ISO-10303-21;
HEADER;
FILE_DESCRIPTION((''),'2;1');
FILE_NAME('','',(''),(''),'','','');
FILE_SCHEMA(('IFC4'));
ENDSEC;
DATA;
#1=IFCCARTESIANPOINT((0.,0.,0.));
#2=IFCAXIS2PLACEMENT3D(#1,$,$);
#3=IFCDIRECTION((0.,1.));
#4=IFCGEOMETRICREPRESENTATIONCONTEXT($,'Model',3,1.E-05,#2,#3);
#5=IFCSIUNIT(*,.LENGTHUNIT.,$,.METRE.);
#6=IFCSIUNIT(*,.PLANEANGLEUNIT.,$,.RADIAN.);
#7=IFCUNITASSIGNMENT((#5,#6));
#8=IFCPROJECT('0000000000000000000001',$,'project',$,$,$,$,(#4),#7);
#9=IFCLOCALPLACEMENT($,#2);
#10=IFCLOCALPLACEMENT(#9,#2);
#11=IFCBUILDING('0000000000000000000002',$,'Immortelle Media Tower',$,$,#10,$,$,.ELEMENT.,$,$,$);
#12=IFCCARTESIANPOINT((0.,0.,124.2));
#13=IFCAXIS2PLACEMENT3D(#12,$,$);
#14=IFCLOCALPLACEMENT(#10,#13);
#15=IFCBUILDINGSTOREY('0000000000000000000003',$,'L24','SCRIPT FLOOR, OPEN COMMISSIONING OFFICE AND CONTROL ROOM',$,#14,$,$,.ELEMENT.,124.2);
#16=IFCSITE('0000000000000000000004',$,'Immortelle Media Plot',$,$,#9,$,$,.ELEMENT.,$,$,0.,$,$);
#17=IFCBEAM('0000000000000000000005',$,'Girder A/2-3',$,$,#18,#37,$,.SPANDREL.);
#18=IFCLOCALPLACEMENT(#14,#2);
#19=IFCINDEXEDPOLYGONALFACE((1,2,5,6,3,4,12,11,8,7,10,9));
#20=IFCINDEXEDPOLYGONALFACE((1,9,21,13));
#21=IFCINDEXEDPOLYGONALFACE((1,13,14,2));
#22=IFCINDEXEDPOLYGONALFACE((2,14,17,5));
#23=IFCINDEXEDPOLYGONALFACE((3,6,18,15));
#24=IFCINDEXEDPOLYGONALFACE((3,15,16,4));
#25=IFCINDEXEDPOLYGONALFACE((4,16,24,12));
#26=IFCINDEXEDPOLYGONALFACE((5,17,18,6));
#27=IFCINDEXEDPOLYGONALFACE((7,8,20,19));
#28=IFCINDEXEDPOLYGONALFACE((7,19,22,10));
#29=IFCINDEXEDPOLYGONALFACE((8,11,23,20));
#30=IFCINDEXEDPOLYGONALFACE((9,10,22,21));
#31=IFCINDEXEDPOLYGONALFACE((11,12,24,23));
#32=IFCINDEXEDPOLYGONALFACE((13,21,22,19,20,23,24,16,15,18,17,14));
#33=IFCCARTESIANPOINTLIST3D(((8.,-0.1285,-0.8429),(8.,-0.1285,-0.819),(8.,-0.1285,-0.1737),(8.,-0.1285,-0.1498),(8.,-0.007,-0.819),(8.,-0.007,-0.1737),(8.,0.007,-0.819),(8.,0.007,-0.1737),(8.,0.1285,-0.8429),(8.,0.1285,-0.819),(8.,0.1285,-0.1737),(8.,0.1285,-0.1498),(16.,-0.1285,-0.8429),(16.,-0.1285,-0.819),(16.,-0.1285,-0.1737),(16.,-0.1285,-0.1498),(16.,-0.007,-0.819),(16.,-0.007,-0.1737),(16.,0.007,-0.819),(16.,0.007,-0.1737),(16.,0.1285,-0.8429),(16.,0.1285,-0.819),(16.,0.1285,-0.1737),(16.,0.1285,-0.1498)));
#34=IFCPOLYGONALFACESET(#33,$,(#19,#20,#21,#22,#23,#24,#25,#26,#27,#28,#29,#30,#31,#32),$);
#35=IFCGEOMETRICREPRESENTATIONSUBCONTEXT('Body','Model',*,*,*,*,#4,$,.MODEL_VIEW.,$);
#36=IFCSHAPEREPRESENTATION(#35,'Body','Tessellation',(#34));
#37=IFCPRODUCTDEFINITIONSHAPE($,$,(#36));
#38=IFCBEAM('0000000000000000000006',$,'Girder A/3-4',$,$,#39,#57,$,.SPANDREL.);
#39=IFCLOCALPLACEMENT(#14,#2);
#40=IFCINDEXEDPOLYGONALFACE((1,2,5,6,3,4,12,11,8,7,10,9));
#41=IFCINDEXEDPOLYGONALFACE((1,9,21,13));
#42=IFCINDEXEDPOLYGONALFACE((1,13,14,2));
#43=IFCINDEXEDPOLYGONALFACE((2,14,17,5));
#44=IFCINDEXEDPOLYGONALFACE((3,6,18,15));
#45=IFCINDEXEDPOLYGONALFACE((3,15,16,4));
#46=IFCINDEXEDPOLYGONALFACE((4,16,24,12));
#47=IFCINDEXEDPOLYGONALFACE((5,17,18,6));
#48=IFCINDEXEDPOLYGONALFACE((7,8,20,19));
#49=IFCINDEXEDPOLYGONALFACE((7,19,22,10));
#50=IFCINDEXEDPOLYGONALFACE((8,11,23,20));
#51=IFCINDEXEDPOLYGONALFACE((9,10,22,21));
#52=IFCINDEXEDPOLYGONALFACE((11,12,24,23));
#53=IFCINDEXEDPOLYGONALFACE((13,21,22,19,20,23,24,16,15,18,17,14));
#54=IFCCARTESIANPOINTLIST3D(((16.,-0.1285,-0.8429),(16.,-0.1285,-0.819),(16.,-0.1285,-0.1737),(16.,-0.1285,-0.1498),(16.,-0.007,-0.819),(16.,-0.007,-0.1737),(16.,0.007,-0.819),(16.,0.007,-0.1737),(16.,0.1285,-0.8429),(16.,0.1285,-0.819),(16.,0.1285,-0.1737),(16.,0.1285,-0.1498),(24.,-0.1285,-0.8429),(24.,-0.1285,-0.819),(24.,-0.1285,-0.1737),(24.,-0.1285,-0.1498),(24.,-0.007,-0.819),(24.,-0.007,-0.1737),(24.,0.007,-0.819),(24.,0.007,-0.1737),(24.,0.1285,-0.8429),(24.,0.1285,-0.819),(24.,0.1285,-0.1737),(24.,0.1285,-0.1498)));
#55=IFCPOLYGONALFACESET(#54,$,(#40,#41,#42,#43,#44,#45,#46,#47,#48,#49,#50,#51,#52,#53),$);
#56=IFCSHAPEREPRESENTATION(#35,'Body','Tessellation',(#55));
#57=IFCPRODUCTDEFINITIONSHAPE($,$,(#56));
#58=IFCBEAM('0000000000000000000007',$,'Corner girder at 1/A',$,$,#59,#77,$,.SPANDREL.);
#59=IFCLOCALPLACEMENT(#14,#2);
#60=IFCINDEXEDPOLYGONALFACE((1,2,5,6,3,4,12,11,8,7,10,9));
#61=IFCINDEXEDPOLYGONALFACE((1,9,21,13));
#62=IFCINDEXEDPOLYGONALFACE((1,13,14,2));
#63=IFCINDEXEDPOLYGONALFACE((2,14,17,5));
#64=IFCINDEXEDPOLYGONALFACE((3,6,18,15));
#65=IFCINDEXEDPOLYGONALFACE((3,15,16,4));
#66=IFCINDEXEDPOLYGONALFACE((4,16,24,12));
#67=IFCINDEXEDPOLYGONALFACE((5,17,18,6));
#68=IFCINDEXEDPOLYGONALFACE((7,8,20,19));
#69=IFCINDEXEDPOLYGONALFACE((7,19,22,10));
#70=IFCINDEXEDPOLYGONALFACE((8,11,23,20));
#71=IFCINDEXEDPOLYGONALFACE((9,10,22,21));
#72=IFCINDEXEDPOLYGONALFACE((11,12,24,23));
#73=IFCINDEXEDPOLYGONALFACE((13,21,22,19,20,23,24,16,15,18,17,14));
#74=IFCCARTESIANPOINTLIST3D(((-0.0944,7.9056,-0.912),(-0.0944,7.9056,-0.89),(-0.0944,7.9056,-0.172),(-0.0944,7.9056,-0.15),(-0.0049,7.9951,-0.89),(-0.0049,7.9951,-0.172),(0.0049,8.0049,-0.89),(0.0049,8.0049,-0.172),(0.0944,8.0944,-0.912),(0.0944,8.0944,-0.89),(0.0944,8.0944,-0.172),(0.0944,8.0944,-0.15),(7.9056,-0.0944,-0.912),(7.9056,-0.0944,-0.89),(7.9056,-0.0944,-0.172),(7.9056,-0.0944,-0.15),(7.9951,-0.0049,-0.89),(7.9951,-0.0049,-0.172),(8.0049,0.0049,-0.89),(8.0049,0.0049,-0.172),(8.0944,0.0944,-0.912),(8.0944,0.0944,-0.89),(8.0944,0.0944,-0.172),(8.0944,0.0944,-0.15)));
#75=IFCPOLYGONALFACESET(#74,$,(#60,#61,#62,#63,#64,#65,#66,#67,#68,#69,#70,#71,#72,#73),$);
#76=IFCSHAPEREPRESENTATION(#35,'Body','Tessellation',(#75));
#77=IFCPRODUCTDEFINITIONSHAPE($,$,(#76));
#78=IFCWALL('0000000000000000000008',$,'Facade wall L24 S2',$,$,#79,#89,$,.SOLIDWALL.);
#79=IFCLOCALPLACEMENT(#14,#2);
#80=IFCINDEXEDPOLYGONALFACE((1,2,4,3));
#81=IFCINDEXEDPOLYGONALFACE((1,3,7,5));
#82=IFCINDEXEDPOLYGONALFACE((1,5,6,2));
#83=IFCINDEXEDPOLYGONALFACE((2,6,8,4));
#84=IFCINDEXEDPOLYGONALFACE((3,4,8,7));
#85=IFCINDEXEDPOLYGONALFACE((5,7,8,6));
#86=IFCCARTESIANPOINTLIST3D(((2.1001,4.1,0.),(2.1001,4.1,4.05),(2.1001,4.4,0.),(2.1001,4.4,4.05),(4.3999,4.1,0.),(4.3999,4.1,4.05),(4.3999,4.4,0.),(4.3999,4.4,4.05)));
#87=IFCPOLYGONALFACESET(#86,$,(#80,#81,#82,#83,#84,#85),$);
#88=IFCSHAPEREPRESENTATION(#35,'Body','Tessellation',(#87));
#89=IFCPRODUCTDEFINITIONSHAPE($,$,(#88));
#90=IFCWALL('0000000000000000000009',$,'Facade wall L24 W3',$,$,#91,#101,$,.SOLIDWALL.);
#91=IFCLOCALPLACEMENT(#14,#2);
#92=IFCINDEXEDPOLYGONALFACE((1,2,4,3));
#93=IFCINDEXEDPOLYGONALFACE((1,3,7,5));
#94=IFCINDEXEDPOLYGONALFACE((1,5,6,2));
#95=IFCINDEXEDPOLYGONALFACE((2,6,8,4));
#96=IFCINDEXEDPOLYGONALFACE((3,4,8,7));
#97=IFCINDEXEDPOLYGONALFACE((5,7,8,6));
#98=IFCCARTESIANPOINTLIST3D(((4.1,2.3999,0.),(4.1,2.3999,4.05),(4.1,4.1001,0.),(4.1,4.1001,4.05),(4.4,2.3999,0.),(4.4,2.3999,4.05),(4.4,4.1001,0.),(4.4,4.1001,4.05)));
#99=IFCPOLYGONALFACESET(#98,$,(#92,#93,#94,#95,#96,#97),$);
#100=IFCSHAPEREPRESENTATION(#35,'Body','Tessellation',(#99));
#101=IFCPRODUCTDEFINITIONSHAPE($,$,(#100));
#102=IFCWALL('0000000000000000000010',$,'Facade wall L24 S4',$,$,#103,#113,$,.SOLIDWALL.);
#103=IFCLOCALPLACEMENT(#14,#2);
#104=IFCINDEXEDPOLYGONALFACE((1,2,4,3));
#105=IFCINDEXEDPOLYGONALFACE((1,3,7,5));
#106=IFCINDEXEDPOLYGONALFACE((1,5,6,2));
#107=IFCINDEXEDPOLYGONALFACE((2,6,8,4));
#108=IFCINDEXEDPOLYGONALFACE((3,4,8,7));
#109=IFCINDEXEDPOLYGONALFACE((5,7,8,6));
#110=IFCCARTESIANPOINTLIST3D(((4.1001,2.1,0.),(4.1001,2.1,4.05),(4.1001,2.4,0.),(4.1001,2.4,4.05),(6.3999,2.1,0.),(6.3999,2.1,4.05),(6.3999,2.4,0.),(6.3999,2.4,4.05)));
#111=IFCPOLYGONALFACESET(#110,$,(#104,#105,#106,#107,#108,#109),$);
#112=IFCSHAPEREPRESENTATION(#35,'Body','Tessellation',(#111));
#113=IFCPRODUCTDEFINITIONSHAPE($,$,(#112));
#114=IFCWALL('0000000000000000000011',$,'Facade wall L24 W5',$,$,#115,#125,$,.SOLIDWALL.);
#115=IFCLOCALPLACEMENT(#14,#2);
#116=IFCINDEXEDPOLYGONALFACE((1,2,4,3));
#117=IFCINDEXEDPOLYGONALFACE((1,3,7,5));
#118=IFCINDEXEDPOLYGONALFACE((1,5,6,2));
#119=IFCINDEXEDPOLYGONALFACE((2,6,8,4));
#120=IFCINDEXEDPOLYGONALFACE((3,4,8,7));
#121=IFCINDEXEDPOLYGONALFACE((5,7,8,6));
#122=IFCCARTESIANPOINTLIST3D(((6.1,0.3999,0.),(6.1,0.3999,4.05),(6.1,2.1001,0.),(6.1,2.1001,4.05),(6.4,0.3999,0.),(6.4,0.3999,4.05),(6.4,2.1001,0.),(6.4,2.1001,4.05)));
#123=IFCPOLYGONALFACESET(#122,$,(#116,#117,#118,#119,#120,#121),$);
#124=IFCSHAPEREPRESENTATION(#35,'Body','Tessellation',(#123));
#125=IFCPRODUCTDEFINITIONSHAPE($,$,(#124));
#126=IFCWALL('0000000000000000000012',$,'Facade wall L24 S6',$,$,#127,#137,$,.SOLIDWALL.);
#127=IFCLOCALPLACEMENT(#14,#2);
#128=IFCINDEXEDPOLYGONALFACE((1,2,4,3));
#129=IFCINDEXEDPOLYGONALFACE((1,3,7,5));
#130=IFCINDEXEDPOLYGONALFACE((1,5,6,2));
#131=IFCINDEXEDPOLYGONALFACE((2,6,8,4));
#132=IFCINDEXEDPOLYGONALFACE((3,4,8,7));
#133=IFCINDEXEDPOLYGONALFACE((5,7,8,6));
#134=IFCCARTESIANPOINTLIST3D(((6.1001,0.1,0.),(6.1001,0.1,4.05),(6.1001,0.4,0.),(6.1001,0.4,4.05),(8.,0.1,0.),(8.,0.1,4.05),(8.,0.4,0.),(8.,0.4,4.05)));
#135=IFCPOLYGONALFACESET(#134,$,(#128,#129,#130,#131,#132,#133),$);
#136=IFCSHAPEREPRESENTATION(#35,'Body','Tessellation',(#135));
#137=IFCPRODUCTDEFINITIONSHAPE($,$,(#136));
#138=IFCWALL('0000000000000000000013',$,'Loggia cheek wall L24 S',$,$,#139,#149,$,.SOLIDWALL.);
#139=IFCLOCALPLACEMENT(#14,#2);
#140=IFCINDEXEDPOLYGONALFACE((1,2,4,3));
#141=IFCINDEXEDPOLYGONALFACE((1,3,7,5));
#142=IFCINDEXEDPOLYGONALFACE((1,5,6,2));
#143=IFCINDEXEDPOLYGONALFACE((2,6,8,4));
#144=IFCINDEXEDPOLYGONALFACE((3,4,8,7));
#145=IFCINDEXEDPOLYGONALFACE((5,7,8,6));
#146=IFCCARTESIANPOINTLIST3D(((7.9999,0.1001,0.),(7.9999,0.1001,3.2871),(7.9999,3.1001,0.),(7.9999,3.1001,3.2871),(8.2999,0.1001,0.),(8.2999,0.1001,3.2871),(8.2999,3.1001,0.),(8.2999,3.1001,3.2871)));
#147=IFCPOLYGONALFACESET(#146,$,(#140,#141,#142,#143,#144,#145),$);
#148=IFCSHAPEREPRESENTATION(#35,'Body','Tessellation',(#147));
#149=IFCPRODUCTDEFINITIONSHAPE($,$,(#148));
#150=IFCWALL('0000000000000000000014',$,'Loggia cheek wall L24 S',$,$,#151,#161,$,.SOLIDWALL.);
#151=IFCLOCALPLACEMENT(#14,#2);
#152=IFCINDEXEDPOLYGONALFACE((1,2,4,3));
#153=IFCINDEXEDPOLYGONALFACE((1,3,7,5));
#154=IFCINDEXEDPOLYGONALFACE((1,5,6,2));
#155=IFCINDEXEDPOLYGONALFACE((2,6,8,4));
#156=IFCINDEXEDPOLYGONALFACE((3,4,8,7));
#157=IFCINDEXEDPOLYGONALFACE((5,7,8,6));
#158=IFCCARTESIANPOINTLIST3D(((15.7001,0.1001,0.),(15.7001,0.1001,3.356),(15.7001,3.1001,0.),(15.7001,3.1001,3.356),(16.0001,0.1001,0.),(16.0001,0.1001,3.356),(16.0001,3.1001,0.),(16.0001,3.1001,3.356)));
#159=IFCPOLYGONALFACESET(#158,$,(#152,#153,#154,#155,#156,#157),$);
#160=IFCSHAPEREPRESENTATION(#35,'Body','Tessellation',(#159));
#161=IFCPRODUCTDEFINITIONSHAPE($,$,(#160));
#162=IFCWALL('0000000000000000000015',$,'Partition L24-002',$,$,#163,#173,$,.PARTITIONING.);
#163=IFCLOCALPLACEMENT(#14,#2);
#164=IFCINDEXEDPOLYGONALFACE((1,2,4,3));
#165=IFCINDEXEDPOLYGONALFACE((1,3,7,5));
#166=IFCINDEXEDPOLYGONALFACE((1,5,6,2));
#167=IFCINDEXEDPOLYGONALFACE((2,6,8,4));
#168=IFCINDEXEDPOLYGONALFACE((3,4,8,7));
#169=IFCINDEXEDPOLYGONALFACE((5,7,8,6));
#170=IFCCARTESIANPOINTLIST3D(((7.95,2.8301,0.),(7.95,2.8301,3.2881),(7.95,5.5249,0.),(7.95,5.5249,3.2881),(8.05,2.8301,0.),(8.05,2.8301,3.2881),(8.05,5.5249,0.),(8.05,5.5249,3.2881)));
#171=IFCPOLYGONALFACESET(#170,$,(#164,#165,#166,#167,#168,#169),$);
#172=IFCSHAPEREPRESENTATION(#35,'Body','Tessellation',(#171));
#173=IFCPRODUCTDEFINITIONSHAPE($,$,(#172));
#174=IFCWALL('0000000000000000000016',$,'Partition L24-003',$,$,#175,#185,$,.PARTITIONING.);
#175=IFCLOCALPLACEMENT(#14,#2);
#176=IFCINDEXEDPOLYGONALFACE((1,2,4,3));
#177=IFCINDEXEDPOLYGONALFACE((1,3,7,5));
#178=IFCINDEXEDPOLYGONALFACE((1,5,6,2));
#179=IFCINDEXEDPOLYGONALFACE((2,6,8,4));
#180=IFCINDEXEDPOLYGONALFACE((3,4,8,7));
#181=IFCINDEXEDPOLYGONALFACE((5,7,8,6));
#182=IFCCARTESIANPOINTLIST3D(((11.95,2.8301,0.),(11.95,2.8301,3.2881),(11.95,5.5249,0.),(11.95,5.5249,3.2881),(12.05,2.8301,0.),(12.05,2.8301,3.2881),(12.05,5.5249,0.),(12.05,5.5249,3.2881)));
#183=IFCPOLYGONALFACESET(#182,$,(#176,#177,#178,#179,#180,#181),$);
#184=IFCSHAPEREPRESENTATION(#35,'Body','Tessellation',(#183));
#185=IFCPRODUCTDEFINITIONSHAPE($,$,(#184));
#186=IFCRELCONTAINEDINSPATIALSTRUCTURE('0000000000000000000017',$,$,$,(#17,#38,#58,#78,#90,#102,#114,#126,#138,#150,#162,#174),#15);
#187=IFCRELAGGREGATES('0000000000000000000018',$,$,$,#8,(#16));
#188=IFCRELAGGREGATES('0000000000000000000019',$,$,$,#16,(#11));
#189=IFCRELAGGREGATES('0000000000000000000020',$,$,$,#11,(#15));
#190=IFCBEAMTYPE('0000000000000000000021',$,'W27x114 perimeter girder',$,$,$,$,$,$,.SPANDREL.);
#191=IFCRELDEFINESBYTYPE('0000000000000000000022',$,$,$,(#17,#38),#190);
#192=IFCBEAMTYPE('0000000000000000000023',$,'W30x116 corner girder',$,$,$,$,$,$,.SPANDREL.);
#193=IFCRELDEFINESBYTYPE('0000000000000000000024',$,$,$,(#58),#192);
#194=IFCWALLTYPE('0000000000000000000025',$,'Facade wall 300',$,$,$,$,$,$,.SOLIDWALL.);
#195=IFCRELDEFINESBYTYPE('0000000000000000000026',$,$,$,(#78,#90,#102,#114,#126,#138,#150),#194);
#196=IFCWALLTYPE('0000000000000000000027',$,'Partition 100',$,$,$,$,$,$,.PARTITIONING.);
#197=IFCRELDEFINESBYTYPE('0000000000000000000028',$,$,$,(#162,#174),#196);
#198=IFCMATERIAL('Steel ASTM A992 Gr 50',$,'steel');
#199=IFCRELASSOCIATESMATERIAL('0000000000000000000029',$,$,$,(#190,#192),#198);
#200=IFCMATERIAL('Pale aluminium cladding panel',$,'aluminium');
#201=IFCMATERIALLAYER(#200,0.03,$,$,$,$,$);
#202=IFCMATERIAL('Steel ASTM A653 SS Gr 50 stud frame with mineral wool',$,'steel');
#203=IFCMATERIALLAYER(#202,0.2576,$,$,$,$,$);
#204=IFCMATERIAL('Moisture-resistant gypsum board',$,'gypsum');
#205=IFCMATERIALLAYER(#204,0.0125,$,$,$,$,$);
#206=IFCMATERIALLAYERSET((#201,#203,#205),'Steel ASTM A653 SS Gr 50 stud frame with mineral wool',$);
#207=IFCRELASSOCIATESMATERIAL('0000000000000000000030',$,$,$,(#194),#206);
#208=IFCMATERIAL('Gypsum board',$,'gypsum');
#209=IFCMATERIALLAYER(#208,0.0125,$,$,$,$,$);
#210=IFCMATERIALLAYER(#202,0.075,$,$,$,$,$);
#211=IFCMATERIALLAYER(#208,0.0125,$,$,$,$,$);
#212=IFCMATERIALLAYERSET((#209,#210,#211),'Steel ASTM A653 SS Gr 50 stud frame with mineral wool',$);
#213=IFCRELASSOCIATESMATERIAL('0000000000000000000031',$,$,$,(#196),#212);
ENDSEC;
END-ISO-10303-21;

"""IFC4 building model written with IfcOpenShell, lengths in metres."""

from ifc_helpers import new_model, si_unit, direction, frame, frame_2d, origin, origin_2d, place, context, subcontext, project, spatial, rectangle, i_section, extrude, material, layer, layer_set, material_profile, profile_set, type_object, element, save


model = new_model("IFC4")

# Units and contexts
model_context = context("Model", 3, precision=1e-05, world=origin(), true_north=direction((0.0, 1.0)))
body_context = subcontext(model_context, "Body", "Model", "MODEL_VIEW")
ifc_project = project(units=[si_unit("LENGTHUNIT", "METRE"), si_unit("PLANEANGLEUNIT", "RADIAN")], contexts=[model_context])

# Site, building, storey
site_placement = place(None, origin())
site = spatial("IfcSite", under=ifc_project, at=site_placement, Name="Immortelle Media Plot", CompositionType="ELEMENT", RefElevation=0.0)
building_placement = place(site_placement, origin())
building = spatial("IfcBuilding", under=site, at=building_placement, Name="Immortelle Media Tower", CompositionType="ELEMENT")
storey_placement = place(building_placement, frame((0.0, 0.0, 124.2)))
storey = spatial("IfcBuildingStorey", under=building, at=storey_placement, Name="L24", Description="SCRIPT FLOOR, OPEN COMMISSIONING OFFICE AND CONTROL ROOM", CompositionType="ELEMENT", Elevation=124.2)

# Shared definitions
ifc_material_1 = material(Name="Steel ASTM A992 Gr 50", Category="steel")

# Beams
ifc_material_profile_1 = material_profile(ifc_material_1, i_section(OverallWidth=0.2571, OverallDepth=0.6931, WebThickness=0.0139, FlangeThickness=0.0239, at=origin_2d()), Name="W27x114")
ifc_profile_set_1 = profile_set([ifc_material_profile_1], Name="Steel ASTM A992 Gr 50")
beam_type_1 = type_object("IfcBeamType", Name="W27x114 perimeter girder", PredefinedType="SPANDREL", material=ifc_profile_set_1)
for number, where, z_axis, x_axis, name in (
    (1, (8.0, 0.0, -0.4963), (1.0, 0.0, 0.0), (0.0, 1.0, 0.0), "Girder A/2-3"),
    (2, (16.0, 0.0, -0.4963), (1.0, 0.0, 0.0), (0.0, 1.0, 0.0), "Girder A/3-4"),
):
    element("IfcBeam", number, at=place(storey_placement, frame(where, z_axis=z_axis, x_axis=x_axis)), inside=storey, type_object=beam_type_1, Name=name, PredefinedType="SPANDREL", context=body_context, shape_type="SweptSolid", body=[
        extrude(i_section(OverallWidth=0.2571, OverallDepth=0.6931, WebThickness=0.0139, FlangeThickness=0.0239, at=origin_2d()), origin(), (0.0, 0.0, 1.0), 8.0),
    ])
ifc_material_profile_2 = material_profile(ifc_material_1, i_section(OverallWidth=0.2671, OverallDepth=0.762, WebThickness=0.0139, FlangeThickness=0.022, at=origin_2d()), Name="W30x116")
ifc_profile_set_2 = profile_set([ifc_material_profile_2], Name="Steel ASTM A992 Gr 50")
beam_type_2 = type_object("IfcBeamType", Name="W30x116 corner girder", PredefinedType="SPANDREL", material=ifc_profile_set_2)
beam_1_placement = place(storey_placement, frame((8.0, 0.0, -0.531), z_axis=(-0.707107, 0.707107, 0.0), x_axis=(-0.707107, -0.707107, 0.0)))
element("IfcBeam", 3, at=beam_1_placement, inside=storey, type_object=beam_type_2, Name="Corner girder at 1/A", PredefinedType="SPANDREL", context=body_context, shape_type="SweptSolid", body=[
    extrude(i_section(OverallWidth=0.2671, OverallDepth=0.762, WebThickness=0.0139, FlangeThickness=0.022, at=origin_2d()), origin(), (0.0, 0.0, 1.0), 11.3137),
])

# Walls
ifc_material_2 = material(Name="Pale aluminium cladding panel", Category="aluminium")
ifc_layer_1 = layer(ifc_material_2, 0.03)
ifc_material_3 = material(Name="Steel ASTM A653 SS Gr 50 stud frame with mineral wool", Category="steel")
ifc_layer_2 = layer(ifc_material_3, 0.2576)
ifc_material_4 = material(Name="Moisture-resistant gypsum board", Category="gypsum")
ifc_layer_3 = layer(ifc_material_4, 0.0125)
ifc_layer_set_1 = layer_set([ifc_layer_1, ifc_layer_2, ifc_layer_3], Name="Steel ASTM A653 SS Gr 50 stud frame with mineral wool")
wall_type_1 = type_object("IfcWallType", Name="Facade wall 300", PredefinedType="SOLIDWALL", material=ifc_layer_set_1)
wall_1_placement = place(storey_placement, frame((2.1001, 4.25, 0.0), z_axis=(0.0, 0.0, 1.0), x_axis=(1.0, 0.0, 0.0)))
element("IfcWall", 4, at=wall_1_placement, inside=storey, type_object=wall_type_1, Name="Facade wall L24 S2", PredefinedType="SOLIDWALL", context=body_context, shape_type="SweptSolid", body=[
    extrude(rectangle(XDim=2.2998, YDim=0.3, at=frame_2d((1.1499, 0.0))), origin(), (0.0, 0.0, 1.0), 4.05),
])
wall_2_placement = place(storey_placement, frame((4.25, 4.1001, 0.0), z_axis=(0.0, 0.0, 1.0), x_axis=(0.0, -1.0, 0.0)))
element("IfcWall", 5, at=wall_2_placement, inside=storey, type_object=wall_type_1, Name="Facade wall L24 W3", PredefinedType="SOLIDWALL", context=body_context, shape_type="SweptSolid", body=[
    extrude(rectangle(XDim=1.7002, YDim=0.3, at=frame_2d((0.8501, 0.0))), origin(), (0.0, 0.0, 1.0), 4.05),
])
wall_3_placement = place(storey_placement, frame((4.1001, 2.25, 0.0), z_axis=(0.0, 0.0, 1.0), x_axis=(1.0, 0.0, 0.0)))
element("IfcWall", 6, at=wall_3_placement, inside=storey, type_object=wall_type_1, Name="Facade wall L24 S4", PredefinedType="SOLIDWALL", context=body_context, shape_type="SweptSolid", body=[
    extrude(rectangle(XDim=2.2998, YDim=0.3, at=frame_2d((1.1499, 0.0))), origin(), (0.0, 0.0, 1.0), 4.05),
])
wall_4_placement = place(storey_placement, frame((6.25, 2.1001, 0.0), z_axis=(0.0, 0.0, 1.0), x_axis=(0.0, -1.0, 0.0)))
element("IfcWall", 7, at=wall_4_placement, inside=storey, type_object=wall_type_1, Name="Facade wall L24 W5", PredefinedType="SOLIDWALL", context=body_context, shape_type="SweptSolid", body=[
    extrude(rectangle(XDim=1.7002, YDim=0.3, at=frame_2d((0.8501, 0.0))), origin(), (0.0, 0.0, 1.0), 4.05),
])
wall_5_placement = place(storey_placement, frame((6.1001, 0.25, 0.0), z_axis=(0.0, 0.0, 1.0), x_axis=(1.0, 0.0, 0.0)))
element("IfcWall", 8, at=wall_5_placement, inside=storey, type_object=wall_type_1, Name="Facade wall L24 S6", PredefinedType="SOLIDWALL", context=body_context, shape_type="SweptSolid", body=[
    extrude(rectangle(XDim=1.8999, YDim=0.3, at=frame_2d((0.95, 0.0))), origin(), (0.0, 0.0, 1.0), 4.05),
])

# Walls
wall_6_placement = place(storey_placement, frame((8.1499, 0.1001, 0.0), z_axis=(0.0, 0.0, 1.0), x_axis=(0.0, 1.0, 0.0)))
element("IfcWall", 9, at=wall_6_placement, inside=storey, type_object=wall_type_1, Name="Loggia cheek wall L24 S", PredefinedType="SOLIDWALL", context=body_context, shape_type="SweptSolid", body=[
    extrude(rectangle(XDim=3.0, YDim=0.3, at=frame_2d((1.5, 0.0))), origin(), (0.0, 0.0, 1.0), 3.2871),
])
wall_7_placement = place(storey_placement, frame((15.8501, 0.1001, 0.0), z_axis=(0.0, 0.0, 1.0), x_axis=(0.0, 1.0, 0.0)))
element("IfcWall", 10, at=wall_7_placement, inside=storey, type_object=wall_type_1, Name="Loggia cheek wall L24 S", PredefinedType="SOLIDWALL", context=body_context, shape_type="SweptSolid", body=[
    extrude(rectangle(XDim=3.0, YDim=0.3, at=frame_2d((1.5, 0.0))), origin(), (0.0, 0.0, 1.0), 3.356),
])
ifc_material_5 = material(Name="Gypsum board", Category="gypsum")
ifc_layer_4 = layer(ifc_material_5, 0.0125)
ifc_layer_5 = layer(ifc_material_3, 0.075)
ifc_layer_6 = layer(ifc_material_5, 0.0125)
ifc_layer_set_2 = layer_set([ifc_layer_4, ifc_layer_5, ifc_layer_6], Name="Steel ASTM A653 SS Gr 50 stud frame with mineral wool")
wall_type_2 = type_object("IfcWallType", Name="Partition 100", PredefinedType="PARTITIONING", material=ifc_layer_set_2)
for number, where, z_axis, x_axis, name in (
    (11, (8.0, 2.8301, 0.0), (0.0, 0.0, 1.0), (0.0, 1.0, 0.0), "Partition L24-002"),
    (12, (12.0, 2.8301, 0.0), (0.0, 0.0, 1.0), (0.0, 1.0, 0.0), "Partition L24-003"),
):
    element("IfcWall", number, at=place(storey_placement, frame(where, z_axis=z_axis, x_axis=x_axis)), inside=storey, type_object=wall_type_2, Name=name, PredefinedType="PARTITIONING", context=body_context, shape_type="SweptSolid", body=[
        extrude(rectangle(XDim=2.6948, YDim=0.1001, at=frame_2d((1.3474, 0.0))), origin(), (0.0, 0.0, 1.0), 3.2881),
    ])

save(model, "model.ifc")
